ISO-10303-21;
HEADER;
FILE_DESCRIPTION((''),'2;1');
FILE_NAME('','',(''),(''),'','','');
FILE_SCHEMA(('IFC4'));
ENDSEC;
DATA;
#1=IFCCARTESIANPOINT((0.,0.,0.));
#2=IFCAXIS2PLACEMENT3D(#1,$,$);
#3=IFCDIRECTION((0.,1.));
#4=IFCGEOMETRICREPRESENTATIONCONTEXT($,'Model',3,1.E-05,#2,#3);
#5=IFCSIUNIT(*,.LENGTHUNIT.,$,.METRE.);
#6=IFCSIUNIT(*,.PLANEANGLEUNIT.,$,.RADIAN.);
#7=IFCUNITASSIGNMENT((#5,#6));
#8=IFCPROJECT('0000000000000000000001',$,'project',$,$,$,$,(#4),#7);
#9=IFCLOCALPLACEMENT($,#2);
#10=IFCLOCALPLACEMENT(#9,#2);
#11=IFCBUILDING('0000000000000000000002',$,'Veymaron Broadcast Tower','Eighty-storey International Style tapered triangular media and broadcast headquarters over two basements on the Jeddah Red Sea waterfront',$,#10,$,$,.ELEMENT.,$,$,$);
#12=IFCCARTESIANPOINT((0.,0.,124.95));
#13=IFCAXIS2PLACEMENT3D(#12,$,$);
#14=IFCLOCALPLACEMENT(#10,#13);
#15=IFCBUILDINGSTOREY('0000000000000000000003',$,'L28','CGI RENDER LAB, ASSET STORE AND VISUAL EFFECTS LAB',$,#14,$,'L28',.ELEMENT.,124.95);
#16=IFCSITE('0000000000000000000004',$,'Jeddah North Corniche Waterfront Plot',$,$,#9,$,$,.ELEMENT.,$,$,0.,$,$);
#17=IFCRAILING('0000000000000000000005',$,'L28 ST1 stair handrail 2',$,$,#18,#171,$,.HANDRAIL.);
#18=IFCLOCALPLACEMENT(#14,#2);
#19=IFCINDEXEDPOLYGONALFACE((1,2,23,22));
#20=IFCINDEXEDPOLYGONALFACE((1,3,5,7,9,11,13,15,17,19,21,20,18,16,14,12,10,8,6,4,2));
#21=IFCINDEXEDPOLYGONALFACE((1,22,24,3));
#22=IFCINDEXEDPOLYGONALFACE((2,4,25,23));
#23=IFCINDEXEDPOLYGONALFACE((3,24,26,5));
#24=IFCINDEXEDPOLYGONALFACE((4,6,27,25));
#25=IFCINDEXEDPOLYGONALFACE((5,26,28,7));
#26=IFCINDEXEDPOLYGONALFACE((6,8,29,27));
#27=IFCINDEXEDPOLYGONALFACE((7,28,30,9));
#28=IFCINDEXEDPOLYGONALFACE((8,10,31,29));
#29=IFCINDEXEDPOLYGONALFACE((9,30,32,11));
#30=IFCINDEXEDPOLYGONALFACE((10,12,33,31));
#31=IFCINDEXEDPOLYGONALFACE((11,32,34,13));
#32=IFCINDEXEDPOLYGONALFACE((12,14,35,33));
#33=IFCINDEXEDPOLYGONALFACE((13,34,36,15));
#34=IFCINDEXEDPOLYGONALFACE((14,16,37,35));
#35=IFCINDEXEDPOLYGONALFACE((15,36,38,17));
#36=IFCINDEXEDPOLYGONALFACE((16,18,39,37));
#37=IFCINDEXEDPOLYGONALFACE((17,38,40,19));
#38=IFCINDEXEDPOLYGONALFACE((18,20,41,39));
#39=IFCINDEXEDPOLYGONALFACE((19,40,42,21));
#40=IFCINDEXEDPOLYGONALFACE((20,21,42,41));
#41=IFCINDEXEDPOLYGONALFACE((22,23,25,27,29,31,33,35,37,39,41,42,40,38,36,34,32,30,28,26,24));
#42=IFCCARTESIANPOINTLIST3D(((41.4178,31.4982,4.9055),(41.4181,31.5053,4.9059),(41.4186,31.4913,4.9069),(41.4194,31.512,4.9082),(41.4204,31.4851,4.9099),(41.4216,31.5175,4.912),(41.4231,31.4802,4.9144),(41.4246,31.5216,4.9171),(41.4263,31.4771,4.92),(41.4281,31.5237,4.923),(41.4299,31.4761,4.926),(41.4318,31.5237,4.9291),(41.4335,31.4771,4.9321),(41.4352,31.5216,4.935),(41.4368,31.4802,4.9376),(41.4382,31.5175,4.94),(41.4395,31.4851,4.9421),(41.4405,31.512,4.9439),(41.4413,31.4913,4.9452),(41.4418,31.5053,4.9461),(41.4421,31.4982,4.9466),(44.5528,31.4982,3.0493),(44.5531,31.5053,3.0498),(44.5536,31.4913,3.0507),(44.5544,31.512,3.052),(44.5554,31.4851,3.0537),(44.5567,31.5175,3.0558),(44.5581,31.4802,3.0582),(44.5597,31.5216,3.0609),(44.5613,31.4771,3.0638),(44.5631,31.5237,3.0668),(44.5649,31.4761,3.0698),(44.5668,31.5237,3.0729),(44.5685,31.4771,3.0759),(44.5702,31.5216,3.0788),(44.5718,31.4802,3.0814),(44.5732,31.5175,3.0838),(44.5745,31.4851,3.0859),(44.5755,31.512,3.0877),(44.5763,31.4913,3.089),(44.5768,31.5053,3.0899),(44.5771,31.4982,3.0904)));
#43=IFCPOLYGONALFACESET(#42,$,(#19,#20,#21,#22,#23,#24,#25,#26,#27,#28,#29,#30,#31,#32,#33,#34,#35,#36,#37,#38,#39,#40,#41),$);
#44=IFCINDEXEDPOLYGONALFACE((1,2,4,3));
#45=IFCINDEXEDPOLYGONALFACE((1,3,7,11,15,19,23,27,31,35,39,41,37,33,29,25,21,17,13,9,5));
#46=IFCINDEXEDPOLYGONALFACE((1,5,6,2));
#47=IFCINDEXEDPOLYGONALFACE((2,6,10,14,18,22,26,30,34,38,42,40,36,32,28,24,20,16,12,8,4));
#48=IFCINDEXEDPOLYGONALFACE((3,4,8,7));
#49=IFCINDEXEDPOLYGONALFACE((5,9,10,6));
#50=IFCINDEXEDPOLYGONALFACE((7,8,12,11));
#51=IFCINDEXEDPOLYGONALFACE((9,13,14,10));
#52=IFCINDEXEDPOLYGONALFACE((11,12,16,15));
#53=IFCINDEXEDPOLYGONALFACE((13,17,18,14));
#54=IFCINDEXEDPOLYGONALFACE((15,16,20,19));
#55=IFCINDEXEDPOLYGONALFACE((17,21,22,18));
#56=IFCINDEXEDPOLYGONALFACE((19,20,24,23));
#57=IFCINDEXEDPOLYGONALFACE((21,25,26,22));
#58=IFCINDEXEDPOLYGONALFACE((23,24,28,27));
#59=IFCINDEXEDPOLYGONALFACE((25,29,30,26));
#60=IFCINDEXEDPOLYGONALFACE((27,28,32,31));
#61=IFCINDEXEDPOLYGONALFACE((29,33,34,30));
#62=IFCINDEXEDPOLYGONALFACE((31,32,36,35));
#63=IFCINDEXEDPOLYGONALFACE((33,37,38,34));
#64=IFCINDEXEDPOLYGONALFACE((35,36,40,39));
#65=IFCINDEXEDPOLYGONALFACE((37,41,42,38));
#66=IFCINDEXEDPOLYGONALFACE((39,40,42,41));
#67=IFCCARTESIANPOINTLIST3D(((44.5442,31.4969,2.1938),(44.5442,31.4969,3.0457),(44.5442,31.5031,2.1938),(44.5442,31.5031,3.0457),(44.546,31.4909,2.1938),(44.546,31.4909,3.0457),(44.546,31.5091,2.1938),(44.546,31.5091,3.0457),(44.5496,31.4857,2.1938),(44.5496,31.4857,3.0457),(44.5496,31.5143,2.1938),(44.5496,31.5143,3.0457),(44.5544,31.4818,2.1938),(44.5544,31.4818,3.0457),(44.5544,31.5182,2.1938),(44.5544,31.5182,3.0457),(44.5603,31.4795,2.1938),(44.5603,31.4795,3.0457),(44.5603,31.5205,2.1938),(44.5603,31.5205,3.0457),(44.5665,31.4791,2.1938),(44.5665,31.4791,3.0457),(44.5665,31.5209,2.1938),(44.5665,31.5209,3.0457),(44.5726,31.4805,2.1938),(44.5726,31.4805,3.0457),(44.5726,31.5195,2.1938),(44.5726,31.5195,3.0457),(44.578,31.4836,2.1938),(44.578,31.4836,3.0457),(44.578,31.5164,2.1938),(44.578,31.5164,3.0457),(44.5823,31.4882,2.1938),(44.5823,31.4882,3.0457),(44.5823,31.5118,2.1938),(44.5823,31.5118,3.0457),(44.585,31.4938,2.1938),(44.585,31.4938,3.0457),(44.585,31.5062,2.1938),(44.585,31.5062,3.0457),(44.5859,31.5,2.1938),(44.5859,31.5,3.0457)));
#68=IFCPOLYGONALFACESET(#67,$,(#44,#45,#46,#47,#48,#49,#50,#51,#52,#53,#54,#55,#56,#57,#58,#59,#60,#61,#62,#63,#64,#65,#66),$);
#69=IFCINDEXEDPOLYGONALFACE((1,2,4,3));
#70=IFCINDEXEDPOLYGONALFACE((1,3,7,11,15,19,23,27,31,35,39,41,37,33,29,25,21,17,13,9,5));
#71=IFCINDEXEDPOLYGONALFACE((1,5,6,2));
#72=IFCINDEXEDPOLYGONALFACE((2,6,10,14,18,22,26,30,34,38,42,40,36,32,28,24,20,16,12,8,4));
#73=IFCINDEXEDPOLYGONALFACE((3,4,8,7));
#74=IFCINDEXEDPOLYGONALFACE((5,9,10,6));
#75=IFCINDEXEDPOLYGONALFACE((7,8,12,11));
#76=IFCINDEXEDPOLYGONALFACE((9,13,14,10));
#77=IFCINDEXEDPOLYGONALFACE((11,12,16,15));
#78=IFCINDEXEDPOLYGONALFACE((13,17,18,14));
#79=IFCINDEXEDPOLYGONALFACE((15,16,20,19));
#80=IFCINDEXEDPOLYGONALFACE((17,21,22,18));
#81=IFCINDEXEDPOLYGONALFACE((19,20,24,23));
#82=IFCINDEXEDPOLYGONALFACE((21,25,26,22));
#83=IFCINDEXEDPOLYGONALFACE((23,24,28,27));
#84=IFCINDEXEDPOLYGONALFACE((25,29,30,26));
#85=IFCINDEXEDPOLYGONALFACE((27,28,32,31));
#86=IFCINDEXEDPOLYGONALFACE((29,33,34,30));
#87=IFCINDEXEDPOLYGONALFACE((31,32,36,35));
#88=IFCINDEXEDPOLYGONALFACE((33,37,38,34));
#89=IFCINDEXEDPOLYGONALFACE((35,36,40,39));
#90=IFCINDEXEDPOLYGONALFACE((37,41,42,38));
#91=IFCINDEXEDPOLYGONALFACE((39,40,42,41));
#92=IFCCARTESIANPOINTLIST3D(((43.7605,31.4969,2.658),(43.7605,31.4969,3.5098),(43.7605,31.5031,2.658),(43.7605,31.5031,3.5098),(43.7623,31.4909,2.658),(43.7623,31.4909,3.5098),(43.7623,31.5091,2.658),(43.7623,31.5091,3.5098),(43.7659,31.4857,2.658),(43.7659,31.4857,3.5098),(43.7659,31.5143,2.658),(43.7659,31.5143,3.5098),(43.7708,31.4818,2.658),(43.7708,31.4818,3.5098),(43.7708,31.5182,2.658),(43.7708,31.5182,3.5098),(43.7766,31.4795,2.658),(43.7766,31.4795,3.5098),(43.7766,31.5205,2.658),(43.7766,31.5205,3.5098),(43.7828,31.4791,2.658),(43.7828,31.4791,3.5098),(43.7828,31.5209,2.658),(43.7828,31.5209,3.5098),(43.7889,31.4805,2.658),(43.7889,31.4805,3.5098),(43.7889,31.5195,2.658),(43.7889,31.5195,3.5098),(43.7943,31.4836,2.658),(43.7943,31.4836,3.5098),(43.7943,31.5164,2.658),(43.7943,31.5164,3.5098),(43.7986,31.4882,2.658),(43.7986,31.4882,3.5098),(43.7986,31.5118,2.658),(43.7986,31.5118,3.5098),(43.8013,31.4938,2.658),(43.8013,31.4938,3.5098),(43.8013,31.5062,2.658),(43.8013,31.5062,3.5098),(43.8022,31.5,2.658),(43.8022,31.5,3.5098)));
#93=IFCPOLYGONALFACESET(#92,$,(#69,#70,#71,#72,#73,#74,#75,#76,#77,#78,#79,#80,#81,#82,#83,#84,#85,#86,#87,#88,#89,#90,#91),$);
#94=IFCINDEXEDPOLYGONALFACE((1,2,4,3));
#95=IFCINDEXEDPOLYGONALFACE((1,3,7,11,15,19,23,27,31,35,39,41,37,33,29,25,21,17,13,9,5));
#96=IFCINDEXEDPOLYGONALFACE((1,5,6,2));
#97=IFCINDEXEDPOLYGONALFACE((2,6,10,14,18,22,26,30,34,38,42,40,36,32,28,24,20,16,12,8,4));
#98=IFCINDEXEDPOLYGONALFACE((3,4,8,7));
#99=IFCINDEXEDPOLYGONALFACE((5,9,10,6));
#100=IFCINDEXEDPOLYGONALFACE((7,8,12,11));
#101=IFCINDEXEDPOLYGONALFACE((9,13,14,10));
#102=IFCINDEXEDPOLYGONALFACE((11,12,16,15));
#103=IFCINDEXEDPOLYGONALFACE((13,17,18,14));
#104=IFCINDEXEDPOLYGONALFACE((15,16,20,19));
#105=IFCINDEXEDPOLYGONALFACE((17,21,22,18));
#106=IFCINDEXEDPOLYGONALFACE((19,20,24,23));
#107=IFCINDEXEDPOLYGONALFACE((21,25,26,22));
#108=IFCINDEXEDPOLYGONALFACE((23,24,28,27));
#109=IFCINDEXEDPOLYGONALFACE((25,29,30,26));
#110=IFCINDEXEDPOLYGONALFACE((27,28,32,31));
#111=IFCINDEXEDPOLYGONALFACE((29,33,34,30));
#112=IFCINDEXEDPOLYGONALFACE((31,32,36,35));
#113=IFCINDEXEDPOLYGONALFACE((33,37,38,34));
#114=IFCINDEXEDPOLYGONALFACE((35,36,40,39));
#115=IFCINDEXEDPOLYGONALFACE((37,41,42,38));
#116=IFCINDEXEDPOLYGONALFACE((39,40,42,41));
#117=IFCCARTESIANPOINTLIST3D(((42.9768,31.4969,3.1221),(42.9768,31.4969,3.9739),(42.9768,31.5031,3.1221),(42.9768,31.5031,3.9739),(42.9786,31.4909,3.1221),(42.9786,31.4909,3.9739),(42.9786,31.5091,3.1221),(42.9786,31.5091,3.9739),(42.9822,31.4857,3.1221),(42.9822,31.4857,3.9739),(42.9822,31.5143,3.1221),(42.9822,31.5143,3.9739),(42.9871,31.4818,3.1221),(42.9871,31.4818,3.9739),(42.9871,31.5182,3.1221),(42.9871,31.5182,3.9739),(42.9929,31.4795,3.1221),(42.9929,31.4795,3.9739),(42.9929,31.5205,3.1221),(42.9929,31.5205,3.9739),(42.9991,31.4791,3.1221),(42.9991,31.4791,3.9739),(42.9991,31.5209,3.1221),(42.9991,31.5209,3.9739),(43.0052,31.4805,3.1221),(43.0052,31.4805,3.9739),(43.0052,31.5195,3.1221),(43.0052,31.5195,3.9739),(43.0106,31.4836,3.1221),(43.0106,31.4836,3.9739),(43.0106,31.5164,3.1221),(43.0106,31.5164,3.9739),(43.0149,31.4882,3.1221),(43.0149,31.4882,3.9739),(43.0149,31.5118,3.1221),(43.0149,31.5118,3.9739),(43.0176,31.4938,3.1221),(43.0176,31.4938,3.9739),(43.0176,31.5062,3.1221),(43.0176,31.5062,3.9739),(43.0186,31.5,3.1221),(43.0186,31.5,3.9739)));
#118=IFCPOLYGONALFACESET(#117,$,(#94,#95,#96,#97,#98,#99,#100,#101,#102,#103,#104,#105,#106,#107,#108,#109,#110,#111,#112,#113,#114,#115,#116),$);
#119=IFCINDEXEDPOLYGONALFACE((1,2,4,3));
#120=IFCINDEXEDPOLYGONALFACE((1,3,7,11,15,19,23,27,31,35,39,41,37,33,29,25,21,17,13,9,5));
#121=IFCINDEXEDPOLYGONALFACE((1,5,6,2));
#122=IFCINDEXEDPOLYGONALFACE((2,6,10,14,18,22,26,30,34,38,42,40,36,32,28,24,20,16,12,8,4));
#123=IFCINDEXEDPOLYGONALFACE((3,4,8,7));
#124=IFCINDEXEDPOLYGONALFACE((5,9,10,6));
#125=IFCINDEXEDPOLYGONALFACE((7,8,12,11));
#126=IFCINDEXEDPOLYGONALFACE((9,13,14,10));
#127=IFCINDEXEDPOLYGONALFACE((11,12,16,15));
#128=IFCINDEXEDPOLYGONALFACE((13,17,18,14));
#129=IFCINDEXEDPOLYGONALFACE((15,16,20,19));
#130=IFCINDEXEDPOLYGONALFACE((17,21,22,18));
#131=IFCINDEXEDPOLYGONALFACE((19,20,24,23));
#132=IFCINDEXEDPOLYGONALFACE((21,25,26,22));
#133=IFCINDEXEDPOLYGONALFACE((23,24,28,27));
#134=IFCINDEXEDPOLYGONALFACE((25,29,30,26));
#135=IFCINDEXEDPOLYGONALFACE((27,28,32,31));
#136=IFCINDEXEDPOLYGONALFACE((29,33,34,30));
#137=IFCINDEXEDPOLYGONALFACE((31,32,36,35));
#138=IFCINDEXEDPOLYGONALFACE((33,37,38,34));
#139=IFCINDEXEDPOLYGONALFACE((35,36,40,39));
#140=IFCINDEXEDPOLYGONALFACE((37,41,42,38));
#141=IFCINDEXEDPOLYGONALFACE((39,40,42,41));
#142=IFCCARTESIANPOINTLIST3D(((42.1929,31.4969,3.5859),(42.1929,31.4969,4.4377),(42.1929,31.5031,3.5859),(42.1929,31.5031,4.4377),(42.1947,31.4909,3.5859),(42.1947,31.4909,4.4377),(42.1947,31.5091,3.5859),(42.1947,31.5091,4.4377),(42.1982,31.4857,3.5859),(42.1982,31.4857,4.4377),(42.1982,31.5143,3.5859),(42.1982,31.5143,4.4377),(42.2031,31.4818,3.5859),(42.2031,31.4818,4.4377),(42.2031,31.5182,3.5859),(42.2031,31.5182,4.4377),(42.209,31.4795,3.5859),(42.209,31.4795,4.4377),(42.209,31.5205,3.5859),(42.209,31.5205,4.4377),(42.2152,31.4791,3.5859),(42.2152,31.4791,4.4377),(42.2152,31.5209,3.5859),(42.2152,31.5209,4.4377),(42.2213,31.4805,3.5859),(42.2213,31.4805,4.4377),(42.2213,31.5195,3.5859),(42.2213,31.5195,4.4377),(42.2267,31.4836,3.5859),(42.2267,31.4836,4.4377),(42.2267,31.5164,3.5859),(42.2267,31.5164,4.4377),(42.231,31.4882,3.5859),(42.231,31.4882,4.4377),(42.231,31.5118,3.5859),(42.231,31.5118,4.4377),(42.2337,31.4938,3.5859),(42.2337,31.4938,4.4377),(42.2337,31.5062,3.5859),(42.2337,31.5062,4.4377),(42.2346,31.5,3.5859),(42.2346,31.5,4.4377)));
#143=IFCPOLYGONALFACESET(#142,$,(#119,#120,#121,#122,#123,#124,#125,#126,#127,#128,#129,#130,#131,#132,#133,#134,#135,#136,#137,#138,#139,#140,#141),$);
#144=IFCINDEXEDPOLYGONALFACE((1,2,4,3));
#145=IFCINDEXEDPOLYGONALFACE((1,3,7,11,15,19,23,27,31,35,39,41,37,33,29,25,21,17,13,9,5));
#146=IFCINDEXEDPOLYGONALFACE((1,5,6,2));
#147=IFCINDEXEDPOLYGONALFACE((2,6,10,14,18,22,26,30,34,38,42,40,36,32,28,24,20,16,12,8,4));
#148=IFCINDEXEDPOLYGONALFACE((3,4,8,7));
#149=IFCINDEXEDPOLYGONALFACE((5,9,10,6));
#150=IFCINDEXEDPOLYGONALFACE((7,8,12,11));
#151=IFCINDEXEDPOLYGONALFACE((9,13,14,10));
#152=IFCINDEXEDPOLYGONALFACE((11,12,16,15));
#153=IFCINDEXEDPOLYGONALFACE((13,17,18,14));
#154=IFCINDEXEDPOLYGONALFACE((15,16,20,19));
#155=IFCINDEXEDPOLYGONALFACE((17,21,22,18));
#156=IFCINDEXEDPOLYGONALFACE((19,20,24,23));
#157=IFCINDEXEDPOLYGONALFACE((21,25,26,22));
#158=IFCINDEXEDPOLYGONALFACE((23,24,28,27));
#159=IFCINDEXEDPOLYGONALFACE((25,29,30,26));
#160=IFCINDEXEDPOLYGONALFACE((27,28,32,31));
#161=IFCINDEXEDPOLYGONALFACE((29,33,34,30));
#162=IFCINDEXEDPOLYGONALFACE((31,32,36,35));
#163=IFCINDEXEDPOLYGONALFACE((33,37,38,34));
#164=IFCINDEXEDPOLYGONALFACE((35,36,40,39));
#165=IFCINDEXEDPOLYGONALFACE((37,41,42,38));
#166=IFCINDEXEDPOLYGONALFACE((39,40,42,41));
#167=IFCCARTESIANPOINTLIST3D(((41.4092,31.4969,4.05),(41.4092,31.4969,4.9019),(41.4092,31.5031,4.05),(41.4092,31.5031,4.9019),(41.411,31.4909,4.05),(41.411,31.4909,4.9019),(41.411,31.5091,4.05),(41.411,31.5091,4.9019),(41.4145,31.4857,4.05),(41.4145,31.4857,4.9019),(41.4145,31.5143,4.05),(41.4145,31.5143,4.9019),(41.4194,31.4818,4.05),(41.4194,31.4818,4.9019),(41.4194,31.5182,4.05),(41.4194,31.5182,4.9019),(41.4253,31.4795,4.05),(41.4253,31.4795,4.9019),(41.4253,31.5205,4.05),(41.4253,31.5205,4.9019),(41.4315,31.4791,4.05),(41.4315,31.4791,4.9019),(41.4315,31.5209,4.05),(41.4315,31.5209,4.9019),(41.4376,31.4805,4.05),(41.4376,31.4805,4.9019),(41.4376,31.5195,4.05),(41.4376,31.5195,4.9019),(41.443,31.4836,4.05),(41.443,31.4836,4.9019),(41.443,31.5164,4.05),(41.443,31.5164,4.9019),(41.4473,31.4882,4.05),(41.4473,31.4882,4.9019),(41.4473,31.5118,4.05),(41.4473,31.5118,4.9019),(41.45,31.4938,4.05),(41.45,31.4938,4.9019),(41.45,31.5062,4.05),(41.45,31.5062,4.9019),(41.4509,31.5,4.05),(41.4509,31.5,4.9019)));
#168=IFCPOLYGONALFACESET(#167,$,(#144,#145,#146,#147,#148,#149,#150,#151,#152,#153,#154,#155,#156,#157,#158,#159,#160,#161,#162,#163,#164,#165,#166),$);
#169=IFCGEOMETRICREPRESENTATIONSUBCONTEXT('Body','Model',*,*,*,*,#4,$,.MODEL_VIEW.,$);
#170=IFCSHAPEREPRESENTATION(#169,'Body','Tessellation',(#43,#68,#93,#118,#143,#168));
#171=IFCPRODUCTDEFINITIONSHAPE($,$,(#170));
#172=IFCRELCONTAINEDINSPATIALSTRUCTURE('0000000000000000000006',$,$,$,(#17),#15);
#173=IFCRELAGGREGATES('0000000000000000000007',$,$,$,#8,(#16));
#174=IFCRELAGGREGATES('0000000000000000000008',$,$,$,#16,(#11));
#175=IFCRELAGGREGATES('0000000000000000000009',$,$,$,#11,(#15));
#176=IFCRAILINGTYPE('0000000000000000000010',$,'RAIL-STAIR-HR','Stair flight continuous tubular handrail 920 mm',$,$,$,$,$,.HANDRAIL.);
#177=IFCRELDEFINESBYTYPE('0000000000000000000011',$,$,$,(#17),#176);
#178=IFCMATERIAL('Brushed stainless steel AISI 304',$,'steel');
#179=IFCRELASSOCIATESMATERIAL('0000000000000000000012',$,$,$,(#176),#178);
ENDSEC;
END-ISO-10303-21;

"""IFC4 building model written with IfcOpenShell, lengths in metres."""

from ifc_helpers import new_model, si_unit, direction, frame, origin, origin_2d, place, context, subcontext, project, spatial, circle, extrude, material, type_object, element, save


model = new_model("IFC4")

# Units and contexts
model_context = context("Model", 3, precision=1e-05, world=origin(), true_north=direction((0.0, 1.0)))
body_context = subcontext(model_context, "Body", "Model", "MODEL_VIEW")
ifc_project = project(units=[si_unit("LENGTHUNIT", "METRE"), si_unit("PLANEANGLEUNIT", "RADIAN")], contexts=[model_context])

# Site, building, storey
site_placement = place(None, origin())
site = spatial("IfcSite", under=ifc_project, at=site_placement, Name="Jeddah North Corniche Waterfront Plot", CompositionType="ELEMENT", RefElevation=0.0)
building_placement = place(site_placement, origin())
building = spatial("IfcBuilding", under=site, at=building_placement, Name="Veymaron Broadcast Tower", Description="Eighty-storey International Style tapered triangular media and broadcast headquarters over two basements on the Jeddah Red Sea waterfront", CompositionType="ELEMENT")
storey_placement = place(building_placement, frame((0.0, 0.0, 124.95)))
storey = spatial("IfcBuildingStorey", under=building, at=storey_placement, Name="L28", Description="CGI RENDER LAB, ASSET STORE AND VISUAL EFFECTS LAB", LongName="L28", CompositionType="ELEMENT", Elevation=124.95)

# Railing
ifc_material_1 = material(Name="Brushed stainless steel AISI 304", Category="steel")
railing_type_1 = type_object("IfcRailingType", Name="RAIL-STAIR-HR", Description="Stair flight continuous tubular handrail 920 mm", PredefinedType="HANDRAIL", material=ifc_material_1)
railing_1_placement = place(storey_placement, frame((44.5649, 31.5, 2.1938)))
element("IfcRailing", 1, at=railing_1_placement, inside=storey, type_object=railing_type_1, Name="L28 ST1 stair handrail 2", PredefinedType="HANDRAIL", context=body_context, shape_type="SweptSolid", body=[
    extrude(circle(Radius=0.0239, at=origin_2d()), frame((0.0, 0.0, 0.876), z_axis=(-0.860482, 0.0, 0.509481), x_axis=(0.0, -1.0, 0.0)), (0.0, 0.0, 1.0), 3.6433),
    extrude(circle(Radius=0.021, at=origin_2d()), origin(), (0.0, 0.0, 1.0), 0.8518),
    extrude(circle(Radius=0.021, at=origin_2d()), frame((-0.7837, 0.0, 0.4641)), (0.0, 0.0, 1.0), 0.8518),
    extrude(circle(Radius=0.021, at=origin_2d()), frame((-1.5674, 0.0, 0.9282)), (0.0, 0.0, 1.0), 0.8518),
    extrude(circle(Radius=0.021, at=origin_2d()), frame((-2.3513, 0.0, 1.3921)), (0.0, 0.0, 1.0), 0.8518),
    extrude(circle(Radius=0.021, at=origin_2d()), frame((-3.135, 0.0, 1.8562)), (0.0, 0.0, 1.0), 0.8518),
])

save(model, "model.ifc")
